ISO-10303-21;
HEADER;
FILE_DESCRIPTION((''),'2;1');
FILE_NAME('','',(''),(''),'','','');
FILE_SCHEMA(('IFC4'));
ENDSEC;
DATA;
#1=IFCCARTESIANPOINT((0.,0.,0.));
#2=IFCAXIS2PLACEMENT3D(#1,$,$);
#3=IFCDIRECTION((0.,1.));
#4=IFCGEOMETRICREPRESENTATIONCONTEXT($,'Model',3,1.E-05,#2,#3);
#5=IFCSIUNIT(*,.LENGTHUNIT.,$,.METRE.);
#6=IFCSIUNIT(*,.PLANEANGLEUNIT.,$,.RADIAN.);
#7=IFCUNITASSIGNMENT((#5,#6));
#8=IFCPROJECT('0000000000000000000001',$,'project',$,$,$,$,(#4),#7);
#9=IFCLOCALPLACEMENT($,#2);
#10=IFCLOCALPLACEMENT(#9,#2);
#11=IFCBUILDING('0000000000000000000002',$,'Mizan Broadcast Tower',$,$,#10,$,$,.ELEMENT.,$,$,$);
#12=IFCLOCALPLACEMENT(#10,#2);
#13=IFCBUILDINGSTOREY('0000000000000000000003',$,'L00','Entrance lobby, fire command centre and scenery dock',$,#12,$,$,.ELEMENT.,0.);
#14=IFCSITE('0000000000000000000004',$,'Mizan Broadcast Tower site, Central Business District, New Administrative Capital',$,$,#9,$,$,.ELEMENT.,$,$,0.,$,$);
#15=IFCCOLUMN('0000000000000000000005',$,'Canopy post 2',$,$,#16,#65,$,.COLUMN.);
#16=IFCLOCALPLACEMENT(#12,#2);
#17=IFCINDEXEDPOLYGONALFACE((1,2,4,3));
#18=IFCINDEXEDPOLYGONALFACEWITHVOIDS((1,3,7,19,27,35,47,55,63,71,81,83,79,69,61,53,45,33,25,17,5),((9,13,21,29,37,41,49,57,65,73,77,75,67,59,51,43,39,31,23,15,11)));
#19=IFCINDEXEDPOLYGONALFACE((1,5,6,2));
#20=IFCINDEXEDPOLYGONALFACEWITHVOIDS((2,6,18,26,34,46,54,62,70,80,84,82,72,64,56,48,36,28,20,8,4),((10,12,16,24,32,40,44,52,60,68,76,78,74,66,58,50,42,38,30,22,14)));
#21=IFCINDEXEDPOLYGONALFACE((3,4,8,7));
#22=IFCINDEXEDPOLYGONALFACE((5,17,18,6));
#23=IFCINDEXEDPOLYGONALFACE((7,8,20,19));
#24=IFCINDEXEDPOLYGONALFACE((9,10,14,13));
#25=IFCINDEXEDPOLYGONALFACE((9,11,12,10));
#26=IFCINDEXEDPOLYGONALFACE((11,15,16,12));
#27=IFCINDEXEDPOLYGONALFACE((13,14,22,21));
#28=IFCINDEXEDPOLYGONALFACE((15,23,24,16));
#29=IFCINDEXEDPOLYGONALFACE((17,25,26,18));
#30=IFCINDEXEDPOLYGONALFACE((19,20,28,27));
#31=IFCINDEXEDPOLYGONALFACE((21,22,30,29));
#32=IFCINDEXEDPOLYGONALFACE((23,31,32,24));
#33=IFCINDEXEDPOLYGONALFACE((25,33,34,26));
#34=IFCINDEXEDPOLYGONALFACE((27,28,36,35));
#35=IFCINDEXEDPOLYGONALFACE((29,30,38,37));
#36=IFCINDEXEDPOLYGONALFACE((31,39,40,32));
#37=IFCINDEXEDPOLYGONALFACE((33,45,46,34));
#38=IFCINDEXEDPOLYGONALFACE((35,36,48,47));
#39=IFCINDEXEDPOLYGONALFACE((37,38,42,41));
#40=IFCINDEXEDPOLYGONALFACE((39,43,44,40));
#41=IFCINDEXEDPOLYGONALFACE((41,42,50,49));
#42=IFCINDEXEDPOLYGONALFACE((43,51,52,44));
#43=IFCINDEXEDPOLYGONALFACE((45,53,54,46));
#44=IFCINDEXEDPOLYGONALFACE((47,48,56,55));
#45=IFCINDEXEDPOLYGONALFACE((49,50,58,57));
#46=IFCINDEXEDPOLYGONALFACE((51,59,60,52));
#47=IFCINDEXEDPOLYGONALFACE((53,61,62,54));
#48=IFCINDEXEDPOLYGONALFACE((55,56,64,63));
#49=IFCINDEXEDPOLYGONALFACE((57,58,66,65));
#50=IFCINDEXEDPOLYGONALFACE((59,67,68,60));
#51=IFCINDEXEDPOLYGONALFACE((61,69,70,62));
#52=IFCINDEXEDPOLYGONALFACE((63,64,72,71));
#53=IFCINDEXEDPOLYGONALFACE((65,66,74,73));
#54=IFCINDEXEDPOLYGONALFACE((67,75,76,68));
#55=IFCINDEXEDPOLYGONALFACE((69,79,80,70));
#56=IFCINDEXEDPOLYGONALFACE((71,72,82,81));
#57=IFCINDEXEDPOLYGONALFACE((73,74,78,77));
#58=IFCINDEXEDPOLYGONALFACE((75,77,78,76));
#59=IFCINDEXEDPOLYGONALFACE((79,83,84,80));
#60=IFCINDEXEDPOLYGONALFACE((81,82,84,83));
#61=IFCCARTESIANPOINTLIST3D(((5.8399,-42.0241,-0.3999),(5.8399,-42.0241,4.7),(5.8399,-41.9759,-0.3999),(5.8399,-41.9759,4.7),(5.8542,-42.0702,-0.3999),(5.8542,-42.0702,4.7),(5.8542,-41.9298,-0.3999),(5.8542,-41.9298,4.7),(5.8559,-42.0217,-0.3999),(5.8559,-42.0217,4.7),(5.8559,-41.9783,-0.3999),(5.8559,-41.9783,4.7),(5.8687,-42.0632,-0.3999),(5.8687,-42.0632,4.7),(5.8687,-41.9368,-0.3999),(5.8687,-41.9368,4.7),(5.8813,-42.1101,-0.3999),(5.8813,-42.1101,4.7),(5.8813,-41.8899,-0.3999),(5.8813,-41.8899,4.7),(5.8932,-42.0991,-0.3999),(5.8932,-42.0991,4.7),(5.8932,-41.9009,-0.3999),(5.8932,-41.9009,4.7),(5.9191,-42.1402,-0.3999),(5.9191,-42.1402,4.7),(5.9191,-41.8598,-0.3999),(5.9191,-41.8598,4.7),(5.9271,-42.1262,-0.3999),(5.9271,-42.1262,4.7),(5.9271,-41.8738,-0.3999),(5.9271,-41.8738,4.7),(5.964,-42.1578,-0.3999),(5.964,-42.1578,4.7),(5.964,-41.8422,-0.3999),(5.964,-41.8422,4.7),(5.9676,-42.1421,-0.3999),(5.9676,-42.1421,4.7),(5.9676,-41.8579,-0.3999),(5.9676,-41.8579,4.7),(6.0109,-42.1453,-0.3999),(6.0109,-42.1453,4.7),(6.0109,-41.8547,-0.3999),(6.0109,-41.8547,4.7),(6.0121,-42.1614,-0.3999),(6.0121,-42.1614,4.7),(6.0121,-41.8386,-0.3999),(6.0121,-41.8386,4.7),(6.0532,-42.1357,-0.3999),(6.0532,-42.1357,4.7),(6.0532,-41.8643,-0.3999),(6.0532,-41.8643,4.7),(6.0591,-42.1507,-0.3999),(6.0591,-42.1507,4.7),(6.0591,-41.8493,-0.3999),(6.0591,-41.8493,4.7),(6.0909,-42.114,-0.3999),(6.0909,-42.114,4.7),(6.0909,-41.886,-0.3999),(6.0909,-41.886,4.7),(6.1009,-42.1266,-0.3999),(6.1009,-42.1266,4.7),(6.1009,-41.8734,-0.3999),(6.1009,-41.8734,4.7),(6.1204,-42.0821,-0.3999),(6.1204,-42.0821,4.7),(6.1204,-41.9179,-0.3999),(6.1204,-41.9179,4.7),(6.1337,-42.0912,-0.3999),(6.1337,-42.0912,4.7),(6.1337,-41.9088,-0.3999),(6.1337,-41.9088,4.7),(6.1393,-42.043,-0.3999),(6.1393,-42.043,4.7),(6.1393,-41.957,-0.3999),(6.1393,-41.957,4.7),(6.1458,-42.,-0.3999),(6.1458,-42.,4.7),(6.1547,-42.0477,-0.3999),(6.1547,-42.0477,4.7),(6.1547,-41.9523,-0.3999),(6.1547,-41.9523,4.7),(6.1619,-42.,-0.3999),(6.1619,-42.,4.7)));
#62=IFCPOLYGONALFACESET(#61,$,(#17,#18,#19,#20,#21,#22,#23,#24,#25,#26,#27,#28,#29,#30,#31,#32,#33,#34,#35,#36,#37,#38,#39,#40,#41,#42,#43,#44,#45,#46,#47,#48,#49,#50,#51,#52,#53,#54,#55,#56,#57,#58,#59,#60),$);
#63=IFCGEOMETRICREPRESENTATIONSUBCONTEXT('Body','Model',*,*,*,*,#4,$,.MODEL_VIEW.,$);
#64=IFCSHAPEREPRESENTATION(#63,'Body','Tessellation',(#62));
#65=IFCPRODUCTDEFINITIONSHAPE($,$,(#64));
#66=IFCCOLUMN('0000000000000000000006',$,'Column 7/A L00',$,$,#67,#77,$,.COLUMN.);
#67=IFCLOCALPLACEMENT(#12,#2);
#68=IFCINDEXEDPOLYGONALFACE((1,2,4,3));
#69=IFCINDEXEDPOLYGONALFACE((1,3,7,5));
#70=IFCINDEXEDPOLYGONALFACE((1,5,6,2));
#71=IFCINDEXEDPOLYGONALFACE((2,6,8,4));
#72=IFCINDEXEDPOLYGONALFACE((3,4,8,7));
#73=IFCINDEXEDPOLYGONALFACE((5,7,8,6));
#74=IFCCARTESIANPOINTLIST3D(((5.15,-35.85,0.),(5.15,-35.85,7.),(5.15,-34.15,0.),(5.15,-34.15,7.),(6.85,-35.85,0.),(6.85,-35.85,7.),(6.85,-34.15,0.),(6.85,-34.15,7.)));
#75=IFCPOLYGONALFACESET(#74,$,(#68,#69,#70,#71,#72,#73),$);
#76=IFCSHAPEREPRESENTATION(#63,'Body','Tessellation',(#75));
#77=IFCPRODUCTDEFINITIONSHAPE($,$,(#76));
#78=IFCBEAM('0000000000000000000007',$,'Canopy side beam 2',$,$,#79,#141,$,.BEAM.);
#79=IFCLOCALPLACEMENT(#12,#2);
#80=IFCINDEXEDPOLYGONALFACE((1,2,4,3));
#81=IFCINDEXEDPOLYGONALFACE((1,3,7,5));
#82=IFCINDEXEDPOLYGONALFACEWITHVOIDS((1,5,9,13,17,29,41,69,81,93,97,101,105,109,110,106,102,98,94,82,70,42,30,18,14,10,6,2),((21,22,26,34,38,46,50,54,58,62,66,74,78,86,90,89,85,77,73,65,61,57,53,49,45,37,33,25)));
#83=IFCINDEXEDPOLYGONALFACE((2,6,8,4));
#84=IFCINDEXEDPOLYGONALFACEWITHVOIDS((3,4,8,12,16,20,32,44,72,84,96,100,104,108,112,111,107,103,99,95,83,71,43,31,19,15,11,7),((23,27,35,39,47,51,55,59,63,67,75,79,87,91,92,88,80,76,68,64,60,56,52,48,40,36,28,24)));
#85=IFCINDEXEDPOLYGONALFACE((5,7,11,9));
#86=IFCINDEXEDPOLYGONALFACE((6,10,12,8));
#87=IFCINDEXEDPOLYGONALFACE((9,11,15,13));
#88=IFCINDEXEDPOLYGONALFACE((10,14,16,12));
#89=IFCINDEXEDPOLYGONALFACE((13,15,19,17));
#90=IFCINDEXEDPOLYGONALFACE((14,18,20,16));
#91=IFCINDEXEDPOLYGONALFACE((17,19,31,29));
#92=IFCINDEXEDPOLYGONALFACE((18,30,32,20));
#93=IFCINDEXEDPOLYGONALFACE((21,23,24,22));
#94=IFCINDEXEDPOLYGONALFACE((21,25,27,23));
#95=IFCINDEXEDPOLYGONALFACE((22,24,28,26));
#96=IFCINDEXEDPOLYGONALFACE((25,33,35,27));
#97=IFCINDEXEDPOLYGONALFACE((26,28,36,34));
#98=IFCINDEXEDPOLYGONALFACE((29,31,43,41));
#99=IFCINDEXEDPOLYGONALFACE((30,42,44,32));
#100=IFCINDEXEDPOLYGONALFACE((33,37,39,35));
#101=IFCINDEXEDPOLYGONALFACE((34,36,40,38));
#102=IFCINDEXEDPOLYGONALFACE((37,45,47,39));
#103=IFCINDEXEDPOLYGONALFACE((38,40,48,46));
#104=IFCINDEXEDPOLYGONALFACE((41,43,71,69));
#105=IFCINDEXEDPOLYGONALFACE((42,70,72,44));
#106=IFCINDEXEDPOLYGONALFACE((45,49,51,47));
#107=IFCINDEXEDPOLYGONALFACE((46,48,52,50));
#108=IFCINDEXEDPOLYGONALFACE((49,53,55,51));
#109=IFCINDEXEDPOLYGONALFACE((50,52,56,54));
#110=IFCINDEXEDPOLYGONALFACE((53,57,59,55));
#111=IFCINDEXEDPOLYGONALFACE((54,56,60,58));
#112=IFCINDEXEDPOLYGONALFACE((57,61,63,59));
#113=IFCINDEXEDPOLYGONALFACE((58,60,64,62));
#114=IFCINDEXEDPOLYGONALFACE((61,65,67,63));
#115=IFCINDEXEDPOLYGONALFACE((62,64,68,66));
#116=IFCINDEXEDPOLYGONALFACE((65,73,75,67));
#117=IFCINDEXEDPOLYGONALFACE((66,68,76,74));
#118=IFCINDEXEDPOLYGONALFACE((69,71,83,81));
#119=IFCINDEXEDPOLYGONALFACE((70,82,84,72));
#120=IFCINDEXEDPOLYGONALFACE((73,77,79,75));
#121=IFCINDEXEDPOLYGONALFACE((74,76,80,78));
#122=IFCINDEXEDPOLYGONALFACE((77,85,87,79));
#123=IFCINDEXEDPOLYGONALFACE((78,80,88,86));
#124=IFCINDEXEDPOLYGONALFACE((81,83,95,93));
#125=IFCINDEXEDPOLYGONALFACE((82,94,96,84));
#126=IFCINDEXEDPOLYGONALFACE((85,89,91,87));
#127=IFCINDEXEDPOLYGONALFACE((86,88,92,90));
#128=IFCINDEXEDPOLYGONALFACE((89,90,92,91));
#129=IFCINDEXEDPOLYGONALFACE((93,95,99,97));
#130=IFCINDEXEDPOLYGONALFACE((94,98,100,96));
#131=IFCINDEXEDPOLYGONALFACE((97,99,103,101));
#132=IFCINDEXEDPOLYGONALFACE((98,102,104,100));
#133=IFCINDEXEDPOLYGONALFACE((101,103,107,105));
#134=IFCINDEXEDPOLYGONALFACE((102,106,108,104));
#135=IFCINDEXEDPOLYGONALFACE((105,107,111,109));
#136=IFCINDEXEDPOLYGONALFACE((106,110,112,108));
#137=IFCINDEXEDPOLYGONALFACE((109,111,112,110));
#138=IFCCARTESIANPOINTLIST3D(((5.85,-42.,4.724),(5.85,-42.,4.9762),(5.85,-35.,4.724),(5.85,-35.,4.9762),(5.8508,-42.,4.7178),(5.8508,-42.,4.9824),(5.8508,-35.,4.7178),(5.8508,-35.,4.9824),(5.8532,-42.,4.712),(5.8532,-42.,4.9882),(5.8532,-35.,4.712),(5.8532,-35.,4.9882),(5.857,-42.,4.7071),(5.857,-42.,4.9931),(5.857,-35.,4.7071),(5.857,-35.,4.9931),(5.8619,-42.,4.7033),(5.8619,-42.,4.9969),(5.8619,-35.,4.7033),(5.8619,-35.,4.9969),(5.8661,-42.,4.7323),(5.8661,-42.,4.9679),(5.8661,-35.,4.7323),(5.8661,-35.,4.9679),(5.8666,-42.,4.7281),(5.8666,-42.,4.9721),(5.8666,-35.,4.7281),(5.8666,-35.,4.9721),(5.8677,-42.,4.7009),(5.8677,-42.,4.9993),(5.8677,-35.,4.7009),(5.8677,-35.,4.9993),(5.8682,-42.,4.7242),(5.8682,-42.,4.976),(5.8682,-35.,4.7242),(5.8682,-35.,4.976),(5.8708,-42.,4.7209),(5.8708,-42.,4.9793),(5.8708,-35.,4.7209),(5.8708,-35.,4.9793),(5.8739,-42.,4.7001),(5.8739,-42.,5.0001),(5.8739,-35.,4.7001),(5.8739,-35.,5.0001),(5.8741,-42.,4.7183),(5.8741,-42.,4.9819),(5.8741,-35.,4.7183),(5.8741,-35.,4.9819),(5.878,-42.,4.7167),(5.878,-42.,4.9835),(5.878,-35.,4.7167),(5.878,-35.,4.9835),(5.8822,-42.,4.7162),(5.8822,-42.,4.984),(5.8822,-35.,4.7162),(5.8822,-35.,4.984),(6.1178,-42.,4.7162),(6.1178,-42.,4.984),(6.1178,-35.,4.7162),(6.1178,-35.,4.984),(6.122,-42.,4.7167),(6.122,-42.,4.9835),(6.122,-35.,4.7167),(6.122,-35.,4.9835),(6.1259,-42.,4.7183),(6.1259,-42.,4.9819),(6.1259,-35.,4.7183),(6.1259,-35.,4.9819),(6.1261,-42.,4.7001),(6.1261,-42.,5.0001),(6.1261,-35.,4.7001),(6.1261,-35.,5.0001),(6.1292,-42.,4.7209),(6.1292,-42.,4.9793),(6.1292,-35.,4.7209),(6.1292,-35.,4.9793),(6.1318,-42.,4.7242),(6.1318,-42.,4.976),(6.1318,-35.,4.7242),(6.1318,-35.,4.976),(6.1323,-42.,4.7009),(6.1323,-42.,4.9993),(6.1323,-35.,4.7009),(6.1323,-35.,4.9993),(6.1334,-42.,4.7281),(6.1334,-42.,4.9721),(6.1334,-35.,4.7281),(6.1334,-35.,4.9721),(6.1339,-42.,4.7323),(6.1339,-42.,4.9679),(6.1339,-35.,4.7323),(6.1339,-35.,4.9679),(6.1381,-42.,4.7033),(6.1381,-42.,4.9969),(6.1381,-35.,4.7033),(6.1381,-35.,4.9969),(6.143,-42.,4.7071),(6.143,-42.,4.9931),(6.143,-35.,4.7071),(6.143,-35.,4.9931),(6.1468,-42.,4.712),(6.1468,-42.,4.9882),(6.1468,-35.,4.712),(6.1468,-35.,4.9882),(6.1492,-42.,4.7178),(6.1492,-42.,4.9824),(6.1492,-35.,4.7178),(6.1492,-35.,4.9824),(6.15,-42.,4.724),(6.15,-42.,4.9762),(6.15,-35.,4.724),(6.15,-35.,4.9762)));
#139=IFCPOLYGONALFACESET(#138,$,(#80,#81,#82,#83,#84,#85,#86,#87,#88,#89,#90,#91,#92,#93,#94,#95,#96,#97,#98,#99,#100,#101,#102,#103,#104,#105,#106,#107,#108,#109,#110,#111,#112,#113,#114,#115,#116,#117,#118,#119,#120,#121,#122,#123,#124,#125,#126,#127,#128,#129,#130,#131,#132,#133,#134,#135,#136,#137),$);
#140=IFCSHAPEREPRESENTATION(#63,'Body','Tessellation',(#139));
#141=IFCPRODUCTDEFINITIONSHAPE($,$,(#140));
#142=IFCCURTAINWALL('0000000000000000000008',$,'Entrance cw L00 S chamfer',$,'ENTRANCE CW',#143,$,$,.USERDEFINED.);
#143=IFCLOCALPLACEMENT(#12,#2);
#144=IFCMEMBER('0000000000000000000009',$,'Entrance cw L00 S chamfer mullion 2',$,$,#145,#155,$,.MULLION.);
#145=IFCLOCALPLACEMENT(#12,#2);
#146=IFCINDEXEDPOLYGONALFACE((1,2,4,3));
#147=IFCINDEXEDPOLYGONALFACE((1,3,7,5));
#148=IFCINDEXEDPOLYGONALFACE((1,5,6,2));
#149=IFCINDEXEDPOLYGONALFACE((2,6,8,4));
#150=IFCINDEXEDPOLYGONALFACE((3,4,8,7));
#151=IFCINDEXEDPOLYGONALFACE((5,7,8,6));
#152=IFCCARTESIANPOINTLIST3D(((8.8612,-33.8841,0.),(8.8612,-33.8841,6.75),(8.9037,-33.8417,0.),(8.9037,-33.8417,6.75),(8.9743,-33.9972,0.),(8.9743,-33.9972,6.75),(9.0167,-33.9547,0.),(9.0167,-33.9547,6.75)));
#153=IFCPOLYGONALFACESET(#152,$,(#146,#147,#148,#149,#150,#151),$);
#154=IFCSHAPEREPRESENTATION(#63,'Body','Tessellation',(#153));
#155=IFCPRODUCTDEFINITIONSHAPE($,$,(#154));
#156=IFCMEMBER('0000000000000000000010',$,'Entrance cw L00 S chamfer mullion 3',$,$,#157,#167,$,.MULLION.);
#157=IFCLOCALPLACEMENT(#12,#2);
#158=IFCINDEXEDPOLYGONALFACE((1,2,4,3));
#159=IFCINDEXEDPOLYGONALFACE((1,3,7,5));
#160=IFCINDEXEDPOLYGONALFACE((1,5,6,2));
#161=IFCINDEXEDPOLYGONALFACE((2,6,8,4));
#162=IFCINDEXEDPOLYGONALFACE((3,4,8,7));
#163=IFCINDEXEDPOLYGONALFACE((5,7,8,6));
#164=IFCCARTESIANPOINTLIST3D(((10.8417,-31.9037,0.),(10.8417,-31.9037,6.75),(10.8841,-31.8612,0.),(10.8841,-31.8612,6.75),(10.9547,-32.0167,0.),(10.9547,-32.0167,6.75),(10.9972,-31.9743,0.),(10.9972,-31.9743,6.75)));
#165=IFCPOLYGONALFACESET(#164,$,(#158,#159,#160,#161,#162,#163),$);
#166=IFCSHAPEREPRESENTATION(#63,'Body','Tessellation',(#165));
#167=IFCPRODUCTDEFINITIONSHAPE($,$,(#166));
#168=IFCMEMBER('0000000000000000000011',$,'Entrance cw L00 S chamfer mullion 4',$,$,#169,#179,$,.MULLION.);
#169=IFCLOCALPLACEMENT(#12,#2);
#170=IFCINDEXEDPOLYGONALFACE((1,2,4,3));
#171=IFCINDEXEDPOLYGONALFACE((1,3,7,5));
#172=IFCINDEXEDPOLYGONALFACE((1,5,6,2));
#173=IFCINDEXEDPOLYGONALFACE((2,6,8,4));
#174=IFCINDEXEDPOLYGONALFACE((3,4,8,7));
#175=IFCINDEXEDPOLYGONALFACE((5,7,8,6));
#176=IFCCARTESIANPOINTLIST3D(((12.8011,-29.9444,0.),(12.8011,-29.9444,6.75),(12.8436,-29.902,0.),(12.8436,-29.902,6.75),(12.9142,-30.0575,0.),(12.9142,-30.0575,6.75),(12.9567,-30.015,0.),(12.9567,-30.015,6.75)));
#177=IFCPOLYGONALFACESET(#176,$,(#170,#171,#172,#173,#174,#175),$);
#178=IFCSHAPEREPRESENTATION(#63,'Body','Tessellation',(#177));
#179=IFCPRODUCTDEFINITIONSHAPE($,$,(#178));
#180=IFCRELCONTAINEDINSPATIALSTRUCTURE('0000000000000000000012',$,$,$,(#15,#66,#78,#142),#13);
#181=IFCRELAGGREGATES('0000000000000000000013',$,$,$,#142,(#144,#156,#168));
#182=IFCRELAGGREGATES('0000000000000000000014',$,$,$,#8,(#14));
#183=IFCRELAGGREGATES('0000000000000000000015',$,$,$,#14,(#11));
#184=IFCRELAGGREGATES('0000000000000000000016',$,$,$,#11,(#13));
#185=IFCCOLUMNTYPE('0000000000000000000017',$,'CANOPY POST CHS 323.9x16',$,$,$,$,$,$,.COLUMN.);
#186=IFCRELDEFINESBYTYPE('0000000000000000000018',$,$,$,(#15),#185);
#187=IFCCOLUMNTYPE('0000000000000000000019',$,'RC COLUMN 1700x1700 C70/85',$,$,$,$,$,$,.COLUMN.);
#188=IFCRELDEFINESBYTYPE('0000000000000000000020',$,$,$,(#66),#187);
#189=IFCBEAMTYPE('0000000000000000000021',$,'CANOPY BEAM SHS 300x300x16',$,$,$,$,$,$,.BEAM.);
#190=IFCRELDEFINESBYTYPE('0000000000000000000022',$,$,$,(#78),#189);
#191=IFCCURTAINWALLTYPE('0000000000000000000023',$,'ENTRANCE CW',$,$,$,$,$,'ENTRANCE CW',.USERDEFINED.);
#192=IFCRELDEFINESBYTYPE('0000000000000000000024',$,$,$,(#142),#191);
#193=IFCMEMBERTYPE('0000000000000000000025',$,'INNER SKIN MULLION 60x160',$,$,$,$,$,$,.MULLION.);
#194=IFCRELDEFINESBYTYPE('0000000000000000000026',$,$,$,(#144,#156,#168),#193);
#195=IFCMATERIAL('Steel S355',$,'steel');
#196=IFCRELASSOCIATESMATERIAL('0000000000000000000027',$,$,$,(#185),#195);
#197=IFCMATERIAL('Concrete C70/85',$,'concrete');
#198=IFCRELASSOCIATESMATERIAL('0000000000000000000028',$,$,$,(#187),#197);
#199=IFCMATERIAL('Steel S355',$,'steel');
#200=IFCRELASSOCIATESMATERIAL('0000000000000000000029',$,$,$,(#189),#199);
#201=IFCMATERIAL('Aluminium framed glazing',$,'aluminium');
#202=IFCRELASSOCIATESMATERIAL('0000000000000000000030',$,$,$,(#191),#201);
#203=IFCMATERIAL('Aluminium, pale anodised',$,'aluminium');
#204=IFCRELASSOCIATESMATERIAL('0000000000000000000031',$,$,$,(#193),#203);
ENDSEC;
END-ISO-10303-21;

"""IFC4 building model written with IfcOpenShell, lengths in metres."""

from ifc_helpers import new_model, si_unit, direction, frame, origin, origin_2d, place, context, subcontext, project, spatial, rectangle, hollow_rectangle, hollow_circle, extrude, material, material_profile, profile_set, type_object, element, aggregate, save


model = new_model("IFC4")

# Units and contexts
model_context = context("Model", 3, precision=1e-05, world=origin(), true_north=direction((0.0, 1.0)))
body_context = subcontext(model_context, "Body", "Model", "MODEL_VIEW")
ifc_project = project(units=[si_unit("LENGTHUNIT", "METRE"), si_unit("PLANEANGLEUNIT", "RADIAN")], contexts=[model_context])

# Site, building, storey
site_placement = place(None, origin())
site = spatial("IfcSite", under=ifc_project, at=site_placement, Name="Mizan Broadcast Tower site, Central Business District, New Administrative Capital", CompositionType="ELEMENT", RefElevation=0.0)
building_placement = place(site_placement, origin())
building = spatial("IfcBuilding", under=site, at=building_placement, Name="Mizan Broadcast Tower", CompositionType="ELEMENT")
storey_placement = place(building_placement, origin())
storey = spatial("IfcBuildingStorey", under=building, at=storey_placement, Name="L00", Description="Entrance lobby, fire command centre and scenery dock", CompositionType="ELEMENT", Elevation=0.0)

# Columns
ifc_material_1 = material(Name="Steel S355", Category="steel")
ifc_material_profile_1 = material_profile(ifc_material_1, hollow_circle(Radius=0.1619, WallThickness=0.0161, at=origin_2d()), Name="CHS 323.9x16")
ifc_profile_set_1 = profile_set([ifc_material_profile_1], Name="Steel S355")
column_type_1 = type_object("IfcColumnType", Name="CANOPY POST CHS 323.9x16", PredefinedType="COLUMN", material=ifc_profile_set_1)
column_1_placement = place(storey_placement, frame((6.0, -42.0, -0.3999), z_axis=(0.0, 0.0, 1.0), x_axis=(1.0, 0.0, 0.0)))
element("IfcColumn", 1, at=column_1_placement, inside=storey, type_object=column_type_1, Name="Canopy post 2", PredefinedType="COLUMN", context=body_context, shape_type="SweptSolid", body=[
    extrude(hollow_circle(Radius=0.1619, WallThickness=0.0161, at=origin_2d()), origin(), (0.0, 0.0, 1.0), 5.0999),
])
ifc_material_2 = material(Name="Concrete C70/85", Category="concrete")
ifc_material_profile_2 = material_profile(ifc_material_2, rectangle(XDim=1.7, YDim=1.7, at=origin_2d()), Name="RC 1700x1700")
ifc_profile_set_2 = profile_set([ifc_material_profile_2], Name="Concrete C70/85")
column_type_2 = type_object("IfcColumnType", Name="RC COLUMN 1700x1700 C70/85", PredefinedType="COLUMN", material=ifc_profile_set_2)
column_2_placement = place(storey_placement, frame((6.0, -35.0, 0.0), z_axis=(0.0, 0.0, 1.0), x_axis=(1.0, 0.0, 0.0)))
element("IfcColumn", 2, at=column_2_placement, inside=storey, type_object=column_type_2, Name="Column 7/A L00", PredefinedType="COLUMN", context=body_context, shape_type="SweptSolid", body=[
    extrude(rectangle(XDim=1.7, YDim=1.7, at=origin_2d()), origin(), (0.0, 0.0, 1.0), 7.0),
])

# Beam
ifc_material_3 = material(Name="Steel S355", Category="steel")
ifc_material_profile_3 = material_profile(ifc_material_3, hollow_rectangle(XDim=0.3, YDim=0.3, WallThickness=0.0161, InnerFilletRadius=0.0161, OuterFilletRadius=0.0239, at=origin_2d()), Name="SHS 300x300x16")
ifc_profile_set_3 = profile_set([ifc_material_profile_3], Name="Steel S355")
beam_type = type_object("IfcBeamType", Name="CANOPY BEAM SHS 300x300x16", PredefinedType="BEAM", material=ifc_profile_set_3)
beam_placement = place(storey_placement, frame((6.0, -35.0, 4.8501), z_axis=(0.0, -1.0, 0.0), x_axis=(1.0, 0.0, 0.0)))
element("IfcBeam", 3, at=beam_placement, inside=storey, type_object=beam_type, Name="Canopy side beam 2", PredefinedType="BEAM", context=body_context, shape_type="SweptSolid", body=[
    extrude(hollow_rectangle(XDim=0.3, YDim=0.3, WallThickness=0.0161, InnerFilletRadius=0.0161, OuterFilletRadius=0.0239, at=origin_2d()), origin(), (0.0, 0.0, 1.0), 7.0),
])

# Curtain wall, members
ifc_material_4 = material(Name="Aluminium framed glazing", Category="aluminium")
curtain_wall_type = type_object("IfcCurtainWallType", Name="ENTRANCE CW", ElementType="ENTRANCE CW", PredefinedType="USERDEFINED", material=ifc_material_4)
curtain_wall_placement = place(storey_placement, origin())
curtain_wall = element("IfcCurtainWall", 4, at=curtain_wall_placement, inside=storey, type_object=curtain_wall_type, Name="Entrance cw L00 S chamfer", ObjectType="ENTRANCE CW", PredefinedType="USERDEFINED")
ifc_material_5 = material(Name="Aluminium, pale anodised", Category="aluminium")
ifc_material_profile_4 = material_profile(ifc_material_5, rectangle(XDim=0.1599, YDim=0.0601, at=origin_2d()), Name="MULLION 160x60")
ifc_profile_set_4 = profile_set([ifc_material_profile_4], Name="Aluminium, pale anodised")
member_type_1 = type_object("IfcMemberType", Name="INNER SKIN MULLION 60x160", PredefinedType="MULLION", material=ifc_profile_set_4)
member_1_placement = place(storey_placement, frame((8.939, -33.9194, 0.0), z_axis=(0.0, 0.0, 1.0), x_axis=(-0.707107, 0.707107, 0.0)))
member_1 = element("IfcMember", 5, at=member_1_placement, type_object=member_type_1, Name="Entrance cw L00 S chamfer mullion 2", PredefinedType="MULLION", context=body_context, shape_type="SweptSolid", body=[
    extrude(rectangle(XDim=0.1599, YDim=0.0601, at=origin_2d()), origin(), (0.0, 0.0, 1.0), 6.75),
])
member_2_placement = place(storey_placement, frame((10.9194, -31.939, 0.0), z_axis=(0.0, 0.0, 1.0), x_axis=(-0.707107, 0.707107, 0.0)))
member_2 = element("IfcMember", 6, at=member_2_placement, type_object=member_type_1, Name="Entrance cw L00 S chamfer mullion 3", PredefinedType="MULLION", context=body_context, shape_type="SweptSolid", body=[
    extrude(rectangle(XDim=0.1599, YDim=0.0601, at=origin_2d()), origin(), (0.0, 0.0, 1.0), 6.75),
])
member_3_placement = place(storey_placement, frame((12.8789, -29.9797, 0.0), z_axis=(0.0, 0.0, 1.0), x_axis=(-0.707107, 0.707107, 0.0)))
member_3 = element("IfcMember", 7, at=member_3_placement, type_object=member_type_1, Name="Entrance cw L00 S chamfer mullion 4", PredefinedType="MULLION", context=body_context, shape_type="SweptSolid", body=[
    extrude(rectangle(XDim=0.1599, YDim=0.0601, at=origin_2d()), origin(), (0.0, 0.0, 1.0), 6.75),
])

aggregate(curtain_wall, [member_1, member_2, member_3])

save(model, "model.ifc")
